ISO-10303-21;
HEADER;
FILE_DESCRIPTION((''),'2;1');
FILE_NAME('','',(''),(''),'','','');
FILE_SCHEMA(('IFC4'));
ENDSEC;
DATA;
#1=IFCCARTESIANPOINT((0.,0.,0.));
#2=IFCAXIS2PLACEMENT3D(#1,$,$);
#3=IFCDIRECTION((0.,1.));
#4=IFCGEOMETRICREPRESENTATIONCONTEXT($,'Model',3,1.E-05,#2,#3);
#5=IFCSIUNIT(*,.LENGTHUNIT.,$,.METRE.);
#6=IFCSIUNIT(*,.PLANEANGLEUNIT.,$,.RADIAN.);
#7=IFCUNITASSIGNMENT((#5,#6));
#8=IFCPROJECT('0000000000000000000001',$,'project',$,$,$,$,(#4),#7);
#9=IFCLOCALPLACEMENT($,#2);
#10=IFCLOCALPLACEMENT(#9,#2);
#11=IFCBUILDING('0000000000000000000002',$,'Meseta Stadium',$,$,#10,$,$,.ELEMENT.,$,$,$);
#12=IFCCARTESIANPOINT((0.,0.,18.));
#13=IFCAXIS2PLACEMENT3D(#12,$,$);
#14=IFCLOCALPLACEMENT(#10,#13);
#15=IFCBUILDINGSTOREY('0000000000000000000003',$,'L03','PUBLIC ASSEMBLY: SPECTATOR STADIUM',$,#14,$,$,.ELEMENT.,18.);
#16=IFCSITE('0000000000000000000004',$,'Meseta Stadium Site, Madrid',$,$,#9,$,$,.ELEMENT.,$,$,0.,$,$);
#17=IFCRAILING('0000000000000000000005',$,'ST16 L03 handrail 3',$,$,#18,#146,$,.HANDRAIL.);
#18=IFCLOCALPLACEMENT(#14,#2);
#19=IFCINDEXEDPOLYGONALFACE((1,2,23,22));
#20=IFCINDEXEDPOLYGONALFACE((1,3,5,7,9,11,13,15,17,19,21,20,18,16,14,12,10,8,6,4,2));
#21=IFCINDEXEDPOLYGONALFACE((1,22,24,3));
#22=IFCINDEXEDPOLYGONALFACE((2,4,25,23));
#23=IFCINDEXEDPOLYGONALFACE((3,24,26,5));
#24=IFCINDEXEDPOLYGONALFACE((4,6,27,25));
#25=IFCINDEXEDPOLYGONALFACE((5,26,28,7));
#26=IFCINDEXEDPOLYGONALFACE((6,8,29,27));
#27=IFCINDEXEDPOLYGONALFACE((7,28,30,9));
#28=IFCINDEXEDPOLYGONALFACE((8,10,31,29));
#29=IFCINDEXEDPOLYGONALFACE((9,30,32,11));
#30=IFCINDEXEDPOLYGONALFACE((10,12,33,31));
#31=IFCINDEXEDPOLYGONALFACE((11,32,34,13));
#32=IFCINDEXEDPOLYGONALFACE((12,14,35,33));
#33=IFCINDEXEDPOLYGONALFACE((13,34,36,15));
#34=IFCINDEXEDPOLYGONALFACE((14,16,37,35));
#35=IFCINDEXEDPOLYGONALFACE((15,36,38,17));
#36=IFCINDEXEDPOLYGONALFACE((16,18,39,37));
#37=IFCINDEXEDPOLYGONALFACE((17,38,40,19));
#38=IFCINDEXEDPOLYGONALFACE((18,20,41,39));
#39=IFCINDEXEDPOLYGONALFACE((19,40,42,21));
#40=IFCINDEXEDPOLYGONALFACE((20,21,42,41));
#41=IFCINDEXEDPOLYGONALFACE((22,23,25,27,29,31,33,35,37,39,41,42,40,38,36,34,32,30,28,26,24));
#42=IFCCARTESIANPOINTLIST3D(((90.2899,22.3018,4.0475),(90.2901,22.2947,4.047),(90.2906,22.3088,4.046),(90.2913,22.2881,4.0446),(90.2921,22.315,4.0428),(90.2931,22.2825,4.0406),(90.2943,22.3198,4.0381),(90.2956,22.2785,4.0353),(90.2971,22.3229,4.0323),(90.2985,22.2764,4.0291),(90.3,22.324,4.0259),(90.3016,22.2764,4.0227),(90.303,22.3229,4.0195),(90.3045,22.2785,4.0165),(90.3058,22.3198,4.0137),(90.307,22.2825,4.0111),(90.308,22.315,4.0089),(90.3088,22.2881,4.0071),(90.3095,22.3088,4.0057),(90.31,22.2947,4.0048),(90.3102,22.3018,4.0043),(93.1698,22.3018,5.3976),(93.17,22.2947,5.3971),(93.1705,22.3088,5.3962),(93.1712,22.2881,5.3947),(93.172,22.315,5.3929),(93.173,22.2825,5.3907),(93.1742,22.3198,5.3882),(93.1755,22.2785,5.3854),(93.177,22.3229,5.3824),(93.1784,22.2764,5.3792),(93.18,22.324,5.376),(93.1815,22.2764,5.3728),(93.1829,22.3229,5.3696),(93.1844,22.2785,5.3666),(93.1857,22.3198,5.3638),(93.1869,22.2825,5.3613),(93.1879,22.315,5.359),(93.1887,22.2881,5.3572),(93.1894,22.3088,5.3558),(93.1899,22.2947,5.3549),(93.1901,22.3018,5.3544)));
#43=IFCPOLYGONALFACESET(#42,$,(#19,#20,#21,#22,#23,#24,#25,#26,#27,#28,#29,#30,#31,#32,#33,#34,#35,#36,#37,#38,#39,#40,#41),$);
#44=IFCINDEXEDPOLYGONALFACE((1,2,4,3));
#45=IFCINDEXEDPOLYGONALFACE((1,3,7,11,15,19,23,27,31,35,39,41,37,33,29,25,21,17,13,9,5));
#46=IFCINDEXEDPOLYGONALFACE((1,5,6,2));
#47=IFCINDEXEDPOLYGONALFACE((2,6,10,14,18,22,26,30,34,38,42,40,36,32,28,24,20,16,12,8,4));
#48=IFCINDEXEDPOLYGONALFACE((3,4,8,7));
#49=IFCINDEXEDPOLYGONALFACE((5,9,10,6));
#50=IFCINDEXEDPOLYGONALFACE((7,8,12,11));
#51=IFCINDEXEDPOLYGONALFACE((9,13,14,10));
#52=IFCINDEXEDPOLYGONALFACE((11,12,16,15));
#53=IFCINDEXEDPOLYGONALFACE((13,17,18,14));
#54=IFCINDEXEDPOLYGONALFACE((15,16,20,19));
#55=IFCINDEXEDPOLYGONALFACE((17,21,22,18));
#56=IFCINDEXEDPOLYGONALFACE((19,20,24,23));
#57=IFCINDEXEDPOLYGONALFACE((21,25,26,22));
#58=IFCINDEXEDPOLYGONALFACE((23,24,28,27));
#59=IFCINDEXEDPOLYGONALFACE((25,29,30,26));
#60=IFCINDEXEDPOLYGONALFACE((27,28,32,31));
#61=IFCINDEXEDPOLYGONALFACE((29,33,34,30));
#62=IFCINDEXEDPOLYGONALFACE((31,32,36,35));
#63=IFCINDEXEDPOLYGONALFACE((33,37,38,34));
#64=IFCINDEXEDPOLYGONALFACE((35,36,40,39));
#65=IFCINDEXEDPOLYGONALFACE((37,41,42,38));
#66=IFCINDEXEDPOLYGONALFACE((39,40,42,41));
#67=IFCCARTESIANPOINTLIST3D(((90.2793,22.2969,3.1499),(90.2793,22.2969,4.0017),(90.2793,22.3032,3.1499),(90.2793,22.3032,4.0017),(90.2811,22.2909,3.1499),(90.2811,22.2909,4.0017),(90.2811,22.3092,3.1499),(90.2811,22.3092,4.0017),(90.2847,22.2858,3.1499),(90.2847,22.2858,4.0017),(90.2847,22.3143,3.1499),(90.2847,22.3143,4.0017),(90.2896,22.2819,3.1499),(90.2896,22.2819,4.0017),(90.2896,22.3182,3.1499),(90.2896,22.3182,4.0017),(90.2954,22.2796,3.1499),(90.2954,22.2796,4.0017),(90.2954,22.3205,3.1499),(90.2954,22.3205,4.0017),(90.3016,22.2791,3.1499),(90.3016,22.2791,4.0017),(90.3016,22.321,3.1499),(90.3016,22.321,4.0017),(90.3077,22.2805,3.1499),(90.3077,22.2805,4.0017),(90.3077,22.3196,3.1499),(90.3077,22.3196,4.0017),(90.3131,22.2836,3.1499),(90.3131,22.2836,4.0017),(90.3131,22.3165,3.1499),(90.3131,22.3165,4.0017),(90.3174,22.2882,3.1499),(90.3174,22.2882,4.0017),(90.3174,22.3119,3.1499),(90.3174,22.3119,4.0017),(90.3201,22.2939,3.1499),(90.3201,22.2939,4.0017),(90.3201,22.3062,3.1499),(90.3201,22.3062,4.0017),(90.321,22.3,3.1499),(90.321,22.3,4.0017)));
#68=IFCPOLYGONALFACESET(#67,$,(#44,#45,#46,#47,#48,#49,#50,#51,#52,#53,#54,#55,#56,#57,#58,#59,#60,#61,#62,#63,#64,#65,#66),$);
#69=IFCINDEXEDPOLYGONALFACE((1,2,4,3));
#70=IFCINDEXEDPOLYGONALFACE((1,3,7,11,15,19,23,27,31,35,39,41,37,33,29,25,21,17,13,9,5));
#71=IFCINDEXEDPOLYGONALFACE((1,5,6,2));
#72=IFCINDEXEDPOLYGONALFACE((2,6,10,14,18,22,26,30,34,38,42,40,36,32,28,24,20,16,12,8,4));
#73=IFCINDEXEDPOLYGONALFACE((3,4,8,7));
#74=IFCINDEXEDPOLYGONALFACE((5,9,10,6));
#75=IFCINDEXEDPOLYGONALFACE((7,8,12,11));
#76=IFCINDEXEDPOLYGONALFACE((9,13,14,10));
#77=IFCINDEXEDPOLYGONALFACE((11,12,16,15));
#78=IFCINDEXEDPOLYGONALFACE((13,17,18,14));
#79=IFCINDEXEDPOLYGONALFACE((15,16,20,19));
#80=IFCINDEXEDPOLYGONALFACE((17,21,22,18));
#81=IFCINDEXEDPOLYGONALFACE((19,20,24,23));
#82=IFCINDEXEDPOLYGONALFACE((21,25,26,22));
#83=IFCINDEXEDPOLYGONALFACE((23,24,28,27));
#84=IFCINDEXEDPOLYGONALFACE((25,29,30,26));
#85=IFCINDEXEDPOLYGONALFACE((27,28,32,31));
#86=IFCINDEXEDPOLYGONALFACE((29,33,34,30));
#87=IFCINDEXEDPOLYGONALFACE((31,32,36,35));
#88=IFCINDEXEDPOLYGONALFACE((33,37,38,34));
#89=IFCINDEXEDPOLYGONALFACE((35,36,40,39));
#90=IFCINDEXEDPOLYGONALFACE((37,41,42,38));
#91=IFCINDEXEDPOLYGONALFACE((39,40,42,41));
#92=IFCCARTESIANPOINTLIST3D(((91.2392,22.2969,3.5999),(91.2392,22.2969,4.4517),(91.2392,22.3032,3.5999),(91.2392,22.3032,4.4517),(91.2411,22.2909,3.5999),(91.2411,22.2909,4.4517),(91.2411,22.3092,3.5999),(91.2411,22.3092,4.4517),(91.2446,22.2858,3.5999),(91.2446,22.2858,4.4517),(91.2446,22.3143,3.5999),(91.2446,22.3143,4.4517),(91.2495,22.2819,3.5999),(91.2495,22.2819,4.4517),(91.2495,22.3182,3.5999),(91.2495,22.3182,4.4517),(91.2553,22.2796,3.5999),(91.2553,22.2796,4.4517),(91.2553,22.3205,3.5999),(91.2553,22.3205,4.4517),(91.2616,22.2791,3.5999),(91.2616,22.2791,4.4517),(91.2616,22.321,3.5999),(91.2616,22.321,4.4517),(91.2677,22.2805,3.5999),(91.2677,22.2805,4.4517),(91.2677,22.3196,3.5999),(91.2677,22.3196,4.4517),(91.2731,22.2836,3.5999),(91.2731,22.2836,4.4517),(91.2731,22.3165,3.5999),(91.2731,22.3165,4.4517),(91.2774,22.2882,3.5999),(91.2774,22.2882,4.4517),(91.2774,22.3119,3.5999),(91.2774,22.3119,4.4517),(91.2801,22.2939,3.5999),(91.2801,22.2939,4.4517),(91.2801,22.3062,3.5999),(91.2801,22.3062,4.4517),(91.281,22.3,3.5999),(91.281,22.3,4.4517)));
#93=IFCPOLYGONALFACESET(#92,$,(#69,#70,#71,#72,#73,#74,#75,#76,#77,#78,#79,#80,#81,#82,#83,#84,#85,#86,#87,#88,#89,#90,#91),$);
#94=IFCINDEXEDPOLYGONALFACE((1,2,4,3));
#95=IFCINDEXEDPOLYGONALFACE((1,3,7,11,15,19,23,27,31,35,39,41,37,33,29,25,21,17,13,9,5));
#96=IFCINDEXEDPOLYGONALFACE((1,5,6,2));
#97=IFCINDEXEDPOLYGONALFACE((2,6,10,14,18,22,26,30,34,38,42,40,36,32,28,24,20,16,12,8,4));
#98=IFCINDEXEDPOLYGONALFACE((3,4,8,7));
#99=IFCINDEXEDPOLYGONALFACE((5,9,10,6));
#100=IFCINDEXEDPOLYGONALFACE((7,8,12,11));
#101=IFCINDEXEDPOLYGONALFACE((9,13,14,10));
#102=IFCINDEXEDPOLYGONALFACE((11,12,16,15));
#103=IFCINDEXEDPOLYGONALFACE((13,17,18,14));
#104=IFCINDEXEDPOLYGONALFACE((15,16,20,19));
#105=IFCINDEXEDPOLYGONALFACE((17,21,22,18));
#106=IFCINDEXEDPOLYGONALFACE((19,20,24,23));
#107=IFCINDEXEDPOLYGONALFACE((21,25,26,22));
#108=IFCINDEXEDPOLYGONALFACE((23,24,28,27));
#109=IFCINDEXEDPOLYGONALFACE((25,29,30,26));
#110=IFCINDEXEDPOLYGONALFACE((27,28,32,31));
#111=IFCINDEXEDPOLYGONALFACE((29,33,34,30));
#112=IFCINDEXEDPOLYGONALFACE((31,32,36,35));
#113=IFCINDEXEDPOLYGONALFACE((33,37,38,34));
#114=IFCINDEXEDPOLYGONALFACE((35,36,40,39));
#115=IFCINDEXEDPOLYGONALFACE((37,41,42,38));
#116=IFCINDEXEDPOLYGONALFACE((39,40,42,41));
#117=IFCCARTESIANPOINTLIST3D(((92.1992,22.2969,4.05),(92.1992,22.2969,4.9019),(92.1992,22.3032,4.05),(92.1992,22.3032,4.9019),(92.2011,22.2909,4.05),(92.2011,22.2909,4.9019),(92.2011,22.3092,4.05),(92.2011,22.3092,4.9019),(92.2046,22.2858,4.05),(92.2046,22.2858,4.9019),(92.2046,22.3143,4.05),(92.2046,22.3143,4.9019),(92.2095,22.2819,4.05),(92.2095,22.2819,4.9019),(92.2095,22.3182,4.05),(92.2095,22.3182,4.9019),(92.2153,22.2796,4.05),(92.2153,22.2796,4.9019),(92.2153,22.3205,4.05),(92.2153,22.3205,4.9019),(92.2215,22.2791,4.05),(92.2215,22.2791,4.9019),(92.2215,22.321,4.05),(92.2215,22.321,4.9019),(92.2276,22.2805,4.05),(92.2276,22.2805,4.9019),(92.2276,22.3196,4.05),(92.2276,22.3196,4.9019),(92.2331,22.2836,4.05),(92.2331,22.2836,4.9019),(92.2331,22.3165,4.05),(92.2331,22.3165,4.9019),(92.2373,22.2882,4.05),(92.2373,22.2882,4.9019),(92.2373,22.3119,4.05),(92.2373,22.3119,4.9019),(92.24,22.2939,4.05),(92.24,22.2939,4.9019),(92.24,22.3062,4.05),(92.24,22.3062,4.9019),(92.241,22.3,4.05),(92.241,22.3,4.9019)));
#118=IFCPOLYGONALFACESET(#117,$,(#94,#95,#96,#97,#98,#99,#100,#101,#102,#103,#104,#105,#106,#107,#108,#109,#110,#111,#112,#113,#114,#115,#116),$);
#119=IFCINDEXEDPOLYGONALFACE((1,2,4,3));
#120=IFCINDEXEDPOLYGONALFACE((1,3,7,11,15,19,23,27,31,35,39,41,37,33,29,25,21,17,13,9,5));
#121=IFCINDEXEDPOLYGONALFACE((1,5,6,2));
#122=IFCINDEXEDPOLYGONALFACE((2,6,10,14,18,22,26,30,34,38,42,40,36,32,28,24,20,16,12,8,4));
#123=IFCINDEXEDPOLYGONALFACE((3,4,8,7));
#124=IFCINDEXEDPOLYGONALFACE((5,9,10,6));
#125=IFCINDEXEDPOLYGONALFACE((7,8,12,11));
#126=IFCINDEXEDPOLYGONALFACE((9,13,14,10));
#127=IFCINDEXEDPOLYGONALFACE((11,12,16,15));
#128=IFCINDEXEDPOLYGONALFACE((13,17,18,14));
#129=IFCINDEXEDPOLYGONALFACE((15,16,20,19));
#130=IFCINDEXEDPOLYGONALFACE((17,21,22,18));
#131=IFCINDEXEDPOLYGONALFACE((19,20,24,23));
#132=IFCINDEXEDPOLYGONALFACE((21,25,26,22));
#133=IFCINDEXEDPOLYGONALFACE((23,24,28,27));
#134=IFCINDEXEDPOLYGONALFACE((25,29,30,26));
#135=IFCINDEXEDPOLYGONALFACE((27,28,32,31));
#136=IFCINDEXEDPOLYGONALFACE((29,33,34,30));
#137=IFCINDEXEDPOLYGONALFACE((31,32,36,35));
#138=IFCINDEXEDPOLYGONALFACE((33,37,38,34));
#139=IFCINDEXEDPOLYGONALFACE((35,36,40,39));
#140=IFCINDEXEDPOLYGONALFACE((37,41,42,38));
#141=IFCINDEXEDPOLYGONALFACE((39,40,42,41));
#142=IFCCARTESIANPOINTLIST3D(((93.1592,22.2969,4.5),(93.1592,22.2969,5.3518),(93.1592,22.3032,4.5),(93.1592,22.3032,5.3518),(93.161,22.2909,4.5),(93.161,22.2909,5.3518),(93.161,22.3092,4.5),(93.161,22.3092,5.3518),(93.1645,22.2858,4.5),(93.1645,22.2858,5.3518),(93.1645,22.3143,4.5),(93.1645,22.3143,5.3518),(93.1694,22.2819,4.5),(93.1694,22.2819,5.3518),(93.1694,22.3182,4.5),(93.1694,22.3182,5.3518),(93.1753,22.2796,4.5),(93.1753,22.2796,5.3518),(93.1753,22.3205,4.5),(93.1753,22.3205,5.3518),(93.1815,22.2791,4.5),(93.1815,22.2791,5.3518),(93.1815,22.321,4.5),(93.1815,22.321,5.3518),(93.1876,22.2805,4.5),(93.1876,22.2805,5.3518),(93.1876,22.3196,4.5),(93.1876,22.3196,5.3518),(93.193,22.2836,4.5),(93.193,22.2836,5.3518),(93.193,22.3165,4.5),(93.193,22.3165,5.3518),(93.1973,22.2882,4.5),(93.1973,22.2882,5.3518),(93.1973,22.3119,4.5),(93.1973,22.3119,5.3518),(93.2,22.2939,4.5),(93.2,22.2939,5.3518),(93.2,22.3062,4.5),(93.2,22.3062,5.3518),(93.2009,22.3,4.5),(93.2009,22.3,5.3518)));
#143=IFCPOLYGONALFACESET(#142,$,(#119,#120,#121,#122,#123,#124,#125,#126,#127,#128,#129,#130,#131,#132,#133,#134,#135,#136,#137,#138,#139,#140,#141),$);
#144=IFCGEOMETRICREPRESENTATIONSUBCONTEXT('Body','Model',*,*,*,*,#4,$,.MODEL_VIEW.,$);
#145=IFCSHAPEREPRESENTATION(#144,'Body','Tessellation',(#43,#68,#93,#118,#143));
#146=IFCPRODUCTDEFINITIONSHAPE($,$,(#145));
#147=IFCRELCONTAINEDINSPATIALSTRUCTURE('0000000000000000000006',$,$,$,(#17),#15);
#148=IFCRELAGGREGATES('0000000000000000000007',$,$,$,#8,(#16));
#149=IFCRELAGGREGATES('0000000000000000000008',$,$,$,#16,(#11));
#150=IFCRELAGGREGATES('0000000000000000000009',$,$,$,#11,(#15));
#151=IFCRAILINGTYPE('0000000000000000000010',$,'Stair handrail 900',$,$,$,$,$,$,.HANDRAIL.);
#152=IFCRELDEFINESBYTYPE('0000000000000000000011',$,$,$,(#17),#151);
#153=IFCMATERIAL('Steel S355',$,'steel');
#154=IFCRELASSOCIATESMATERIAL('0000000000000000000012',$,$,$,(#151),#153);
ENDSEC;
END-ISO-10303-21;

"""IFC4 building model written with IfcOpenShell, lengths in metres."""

from ifc_helpers import new_model, si_unit, direction, frame, origin, origin_2d, place, context, subcontext, project, spatial, circle, extrude, material, type_object, element, save


model = new_model("IFC4")

# Units and contexts
model_context = context("Model", 3, precision=1e-05, world=origin(), true_north=direction((0.0, 1.0)))
body_context = subcontext(model_context, "Body", "Model", "MODEL_VIEW")
ifc_project = project(units=[si_unit("LENGTHUNIT", "METRE"), si_unit("PLANEANGLEUNIT", "RADIAN")], contexts=[model_context])

# Site, building, storey
site_placement = place(None, origin())
site = spatial("IfcSite", under=ifc_project, at=site_placement, Name="Meseta Stadium Site, Madrid", CompositionType="ELEMENT", RefElevation=0.0)
building_placement = place(site_placement, origin())
building = spatial("IfcBuilding", under=site, at=building_placement, Name="Meseta Stadium", CompositionType="ELEMENT")
storey_placement = place(building_placement, frame((0.0, 0.0, 18.0)))
storey = spatial("IfcBuildingStorey", under=building, at=storey_placement, Name="L03", Description="PUBLIC ASSEMBLY: SPECTATOR STADIUM", CompositionType="ELEMENT", Elevation=18.0)

# Railing
ifc_material_1 = material(Name="Steel S355", Category="steel")
railing_type_1 = type_object("IfcRailingType", Name="Stair handrail 900", PredefinedType="HANDRAIL", material=ifc_material_1)
for number, where, name in (
    (1, (90.3, 22.3, 3.1499), "ST16 L03 handrail 3"),
):
    element("IfcRailing", number, at=place(storey_placement, frame(where)), inside=storey, type_object=railing_type_1, Name=name, PredefinedType="HANDRAIL", context=body_context, shape_type="SweptSolid", body=[
        extrude(circle(Radius=0.0239, at=origin_2d()), frame((0.0, 0.0, 0.876), z_axis=(0.90544, 0.0, 0.424473), x_axis=(0.0, 1.0, 0.0)), (0.0, 0.0, 1.0), 3.1807),
        extrude(circle(Radius=0.021, at=origin_2d()), origin(), (0.0, 0.0, 1.0), 0.8518),
        extrude(circle(Radius=0.021, at=origin_2d()), frame((0.96, 0.0, 0.45)), (0.0, 0.0, 1.0), 0.8518),
        extrude(circle(Radius=0.021, at=origin_2d()), frame((1.9199, 0.0, 0.9001)), (0.0, 0.0, 1.0), 0.8518),
        extrude(circle(Radius=0.021, at=origin_2d()), frame((2.8799, 0.0, 1.3501)), (0.0, 0.0, 1.0), 0.8518),
    ])

save(model, "model.ifc")
